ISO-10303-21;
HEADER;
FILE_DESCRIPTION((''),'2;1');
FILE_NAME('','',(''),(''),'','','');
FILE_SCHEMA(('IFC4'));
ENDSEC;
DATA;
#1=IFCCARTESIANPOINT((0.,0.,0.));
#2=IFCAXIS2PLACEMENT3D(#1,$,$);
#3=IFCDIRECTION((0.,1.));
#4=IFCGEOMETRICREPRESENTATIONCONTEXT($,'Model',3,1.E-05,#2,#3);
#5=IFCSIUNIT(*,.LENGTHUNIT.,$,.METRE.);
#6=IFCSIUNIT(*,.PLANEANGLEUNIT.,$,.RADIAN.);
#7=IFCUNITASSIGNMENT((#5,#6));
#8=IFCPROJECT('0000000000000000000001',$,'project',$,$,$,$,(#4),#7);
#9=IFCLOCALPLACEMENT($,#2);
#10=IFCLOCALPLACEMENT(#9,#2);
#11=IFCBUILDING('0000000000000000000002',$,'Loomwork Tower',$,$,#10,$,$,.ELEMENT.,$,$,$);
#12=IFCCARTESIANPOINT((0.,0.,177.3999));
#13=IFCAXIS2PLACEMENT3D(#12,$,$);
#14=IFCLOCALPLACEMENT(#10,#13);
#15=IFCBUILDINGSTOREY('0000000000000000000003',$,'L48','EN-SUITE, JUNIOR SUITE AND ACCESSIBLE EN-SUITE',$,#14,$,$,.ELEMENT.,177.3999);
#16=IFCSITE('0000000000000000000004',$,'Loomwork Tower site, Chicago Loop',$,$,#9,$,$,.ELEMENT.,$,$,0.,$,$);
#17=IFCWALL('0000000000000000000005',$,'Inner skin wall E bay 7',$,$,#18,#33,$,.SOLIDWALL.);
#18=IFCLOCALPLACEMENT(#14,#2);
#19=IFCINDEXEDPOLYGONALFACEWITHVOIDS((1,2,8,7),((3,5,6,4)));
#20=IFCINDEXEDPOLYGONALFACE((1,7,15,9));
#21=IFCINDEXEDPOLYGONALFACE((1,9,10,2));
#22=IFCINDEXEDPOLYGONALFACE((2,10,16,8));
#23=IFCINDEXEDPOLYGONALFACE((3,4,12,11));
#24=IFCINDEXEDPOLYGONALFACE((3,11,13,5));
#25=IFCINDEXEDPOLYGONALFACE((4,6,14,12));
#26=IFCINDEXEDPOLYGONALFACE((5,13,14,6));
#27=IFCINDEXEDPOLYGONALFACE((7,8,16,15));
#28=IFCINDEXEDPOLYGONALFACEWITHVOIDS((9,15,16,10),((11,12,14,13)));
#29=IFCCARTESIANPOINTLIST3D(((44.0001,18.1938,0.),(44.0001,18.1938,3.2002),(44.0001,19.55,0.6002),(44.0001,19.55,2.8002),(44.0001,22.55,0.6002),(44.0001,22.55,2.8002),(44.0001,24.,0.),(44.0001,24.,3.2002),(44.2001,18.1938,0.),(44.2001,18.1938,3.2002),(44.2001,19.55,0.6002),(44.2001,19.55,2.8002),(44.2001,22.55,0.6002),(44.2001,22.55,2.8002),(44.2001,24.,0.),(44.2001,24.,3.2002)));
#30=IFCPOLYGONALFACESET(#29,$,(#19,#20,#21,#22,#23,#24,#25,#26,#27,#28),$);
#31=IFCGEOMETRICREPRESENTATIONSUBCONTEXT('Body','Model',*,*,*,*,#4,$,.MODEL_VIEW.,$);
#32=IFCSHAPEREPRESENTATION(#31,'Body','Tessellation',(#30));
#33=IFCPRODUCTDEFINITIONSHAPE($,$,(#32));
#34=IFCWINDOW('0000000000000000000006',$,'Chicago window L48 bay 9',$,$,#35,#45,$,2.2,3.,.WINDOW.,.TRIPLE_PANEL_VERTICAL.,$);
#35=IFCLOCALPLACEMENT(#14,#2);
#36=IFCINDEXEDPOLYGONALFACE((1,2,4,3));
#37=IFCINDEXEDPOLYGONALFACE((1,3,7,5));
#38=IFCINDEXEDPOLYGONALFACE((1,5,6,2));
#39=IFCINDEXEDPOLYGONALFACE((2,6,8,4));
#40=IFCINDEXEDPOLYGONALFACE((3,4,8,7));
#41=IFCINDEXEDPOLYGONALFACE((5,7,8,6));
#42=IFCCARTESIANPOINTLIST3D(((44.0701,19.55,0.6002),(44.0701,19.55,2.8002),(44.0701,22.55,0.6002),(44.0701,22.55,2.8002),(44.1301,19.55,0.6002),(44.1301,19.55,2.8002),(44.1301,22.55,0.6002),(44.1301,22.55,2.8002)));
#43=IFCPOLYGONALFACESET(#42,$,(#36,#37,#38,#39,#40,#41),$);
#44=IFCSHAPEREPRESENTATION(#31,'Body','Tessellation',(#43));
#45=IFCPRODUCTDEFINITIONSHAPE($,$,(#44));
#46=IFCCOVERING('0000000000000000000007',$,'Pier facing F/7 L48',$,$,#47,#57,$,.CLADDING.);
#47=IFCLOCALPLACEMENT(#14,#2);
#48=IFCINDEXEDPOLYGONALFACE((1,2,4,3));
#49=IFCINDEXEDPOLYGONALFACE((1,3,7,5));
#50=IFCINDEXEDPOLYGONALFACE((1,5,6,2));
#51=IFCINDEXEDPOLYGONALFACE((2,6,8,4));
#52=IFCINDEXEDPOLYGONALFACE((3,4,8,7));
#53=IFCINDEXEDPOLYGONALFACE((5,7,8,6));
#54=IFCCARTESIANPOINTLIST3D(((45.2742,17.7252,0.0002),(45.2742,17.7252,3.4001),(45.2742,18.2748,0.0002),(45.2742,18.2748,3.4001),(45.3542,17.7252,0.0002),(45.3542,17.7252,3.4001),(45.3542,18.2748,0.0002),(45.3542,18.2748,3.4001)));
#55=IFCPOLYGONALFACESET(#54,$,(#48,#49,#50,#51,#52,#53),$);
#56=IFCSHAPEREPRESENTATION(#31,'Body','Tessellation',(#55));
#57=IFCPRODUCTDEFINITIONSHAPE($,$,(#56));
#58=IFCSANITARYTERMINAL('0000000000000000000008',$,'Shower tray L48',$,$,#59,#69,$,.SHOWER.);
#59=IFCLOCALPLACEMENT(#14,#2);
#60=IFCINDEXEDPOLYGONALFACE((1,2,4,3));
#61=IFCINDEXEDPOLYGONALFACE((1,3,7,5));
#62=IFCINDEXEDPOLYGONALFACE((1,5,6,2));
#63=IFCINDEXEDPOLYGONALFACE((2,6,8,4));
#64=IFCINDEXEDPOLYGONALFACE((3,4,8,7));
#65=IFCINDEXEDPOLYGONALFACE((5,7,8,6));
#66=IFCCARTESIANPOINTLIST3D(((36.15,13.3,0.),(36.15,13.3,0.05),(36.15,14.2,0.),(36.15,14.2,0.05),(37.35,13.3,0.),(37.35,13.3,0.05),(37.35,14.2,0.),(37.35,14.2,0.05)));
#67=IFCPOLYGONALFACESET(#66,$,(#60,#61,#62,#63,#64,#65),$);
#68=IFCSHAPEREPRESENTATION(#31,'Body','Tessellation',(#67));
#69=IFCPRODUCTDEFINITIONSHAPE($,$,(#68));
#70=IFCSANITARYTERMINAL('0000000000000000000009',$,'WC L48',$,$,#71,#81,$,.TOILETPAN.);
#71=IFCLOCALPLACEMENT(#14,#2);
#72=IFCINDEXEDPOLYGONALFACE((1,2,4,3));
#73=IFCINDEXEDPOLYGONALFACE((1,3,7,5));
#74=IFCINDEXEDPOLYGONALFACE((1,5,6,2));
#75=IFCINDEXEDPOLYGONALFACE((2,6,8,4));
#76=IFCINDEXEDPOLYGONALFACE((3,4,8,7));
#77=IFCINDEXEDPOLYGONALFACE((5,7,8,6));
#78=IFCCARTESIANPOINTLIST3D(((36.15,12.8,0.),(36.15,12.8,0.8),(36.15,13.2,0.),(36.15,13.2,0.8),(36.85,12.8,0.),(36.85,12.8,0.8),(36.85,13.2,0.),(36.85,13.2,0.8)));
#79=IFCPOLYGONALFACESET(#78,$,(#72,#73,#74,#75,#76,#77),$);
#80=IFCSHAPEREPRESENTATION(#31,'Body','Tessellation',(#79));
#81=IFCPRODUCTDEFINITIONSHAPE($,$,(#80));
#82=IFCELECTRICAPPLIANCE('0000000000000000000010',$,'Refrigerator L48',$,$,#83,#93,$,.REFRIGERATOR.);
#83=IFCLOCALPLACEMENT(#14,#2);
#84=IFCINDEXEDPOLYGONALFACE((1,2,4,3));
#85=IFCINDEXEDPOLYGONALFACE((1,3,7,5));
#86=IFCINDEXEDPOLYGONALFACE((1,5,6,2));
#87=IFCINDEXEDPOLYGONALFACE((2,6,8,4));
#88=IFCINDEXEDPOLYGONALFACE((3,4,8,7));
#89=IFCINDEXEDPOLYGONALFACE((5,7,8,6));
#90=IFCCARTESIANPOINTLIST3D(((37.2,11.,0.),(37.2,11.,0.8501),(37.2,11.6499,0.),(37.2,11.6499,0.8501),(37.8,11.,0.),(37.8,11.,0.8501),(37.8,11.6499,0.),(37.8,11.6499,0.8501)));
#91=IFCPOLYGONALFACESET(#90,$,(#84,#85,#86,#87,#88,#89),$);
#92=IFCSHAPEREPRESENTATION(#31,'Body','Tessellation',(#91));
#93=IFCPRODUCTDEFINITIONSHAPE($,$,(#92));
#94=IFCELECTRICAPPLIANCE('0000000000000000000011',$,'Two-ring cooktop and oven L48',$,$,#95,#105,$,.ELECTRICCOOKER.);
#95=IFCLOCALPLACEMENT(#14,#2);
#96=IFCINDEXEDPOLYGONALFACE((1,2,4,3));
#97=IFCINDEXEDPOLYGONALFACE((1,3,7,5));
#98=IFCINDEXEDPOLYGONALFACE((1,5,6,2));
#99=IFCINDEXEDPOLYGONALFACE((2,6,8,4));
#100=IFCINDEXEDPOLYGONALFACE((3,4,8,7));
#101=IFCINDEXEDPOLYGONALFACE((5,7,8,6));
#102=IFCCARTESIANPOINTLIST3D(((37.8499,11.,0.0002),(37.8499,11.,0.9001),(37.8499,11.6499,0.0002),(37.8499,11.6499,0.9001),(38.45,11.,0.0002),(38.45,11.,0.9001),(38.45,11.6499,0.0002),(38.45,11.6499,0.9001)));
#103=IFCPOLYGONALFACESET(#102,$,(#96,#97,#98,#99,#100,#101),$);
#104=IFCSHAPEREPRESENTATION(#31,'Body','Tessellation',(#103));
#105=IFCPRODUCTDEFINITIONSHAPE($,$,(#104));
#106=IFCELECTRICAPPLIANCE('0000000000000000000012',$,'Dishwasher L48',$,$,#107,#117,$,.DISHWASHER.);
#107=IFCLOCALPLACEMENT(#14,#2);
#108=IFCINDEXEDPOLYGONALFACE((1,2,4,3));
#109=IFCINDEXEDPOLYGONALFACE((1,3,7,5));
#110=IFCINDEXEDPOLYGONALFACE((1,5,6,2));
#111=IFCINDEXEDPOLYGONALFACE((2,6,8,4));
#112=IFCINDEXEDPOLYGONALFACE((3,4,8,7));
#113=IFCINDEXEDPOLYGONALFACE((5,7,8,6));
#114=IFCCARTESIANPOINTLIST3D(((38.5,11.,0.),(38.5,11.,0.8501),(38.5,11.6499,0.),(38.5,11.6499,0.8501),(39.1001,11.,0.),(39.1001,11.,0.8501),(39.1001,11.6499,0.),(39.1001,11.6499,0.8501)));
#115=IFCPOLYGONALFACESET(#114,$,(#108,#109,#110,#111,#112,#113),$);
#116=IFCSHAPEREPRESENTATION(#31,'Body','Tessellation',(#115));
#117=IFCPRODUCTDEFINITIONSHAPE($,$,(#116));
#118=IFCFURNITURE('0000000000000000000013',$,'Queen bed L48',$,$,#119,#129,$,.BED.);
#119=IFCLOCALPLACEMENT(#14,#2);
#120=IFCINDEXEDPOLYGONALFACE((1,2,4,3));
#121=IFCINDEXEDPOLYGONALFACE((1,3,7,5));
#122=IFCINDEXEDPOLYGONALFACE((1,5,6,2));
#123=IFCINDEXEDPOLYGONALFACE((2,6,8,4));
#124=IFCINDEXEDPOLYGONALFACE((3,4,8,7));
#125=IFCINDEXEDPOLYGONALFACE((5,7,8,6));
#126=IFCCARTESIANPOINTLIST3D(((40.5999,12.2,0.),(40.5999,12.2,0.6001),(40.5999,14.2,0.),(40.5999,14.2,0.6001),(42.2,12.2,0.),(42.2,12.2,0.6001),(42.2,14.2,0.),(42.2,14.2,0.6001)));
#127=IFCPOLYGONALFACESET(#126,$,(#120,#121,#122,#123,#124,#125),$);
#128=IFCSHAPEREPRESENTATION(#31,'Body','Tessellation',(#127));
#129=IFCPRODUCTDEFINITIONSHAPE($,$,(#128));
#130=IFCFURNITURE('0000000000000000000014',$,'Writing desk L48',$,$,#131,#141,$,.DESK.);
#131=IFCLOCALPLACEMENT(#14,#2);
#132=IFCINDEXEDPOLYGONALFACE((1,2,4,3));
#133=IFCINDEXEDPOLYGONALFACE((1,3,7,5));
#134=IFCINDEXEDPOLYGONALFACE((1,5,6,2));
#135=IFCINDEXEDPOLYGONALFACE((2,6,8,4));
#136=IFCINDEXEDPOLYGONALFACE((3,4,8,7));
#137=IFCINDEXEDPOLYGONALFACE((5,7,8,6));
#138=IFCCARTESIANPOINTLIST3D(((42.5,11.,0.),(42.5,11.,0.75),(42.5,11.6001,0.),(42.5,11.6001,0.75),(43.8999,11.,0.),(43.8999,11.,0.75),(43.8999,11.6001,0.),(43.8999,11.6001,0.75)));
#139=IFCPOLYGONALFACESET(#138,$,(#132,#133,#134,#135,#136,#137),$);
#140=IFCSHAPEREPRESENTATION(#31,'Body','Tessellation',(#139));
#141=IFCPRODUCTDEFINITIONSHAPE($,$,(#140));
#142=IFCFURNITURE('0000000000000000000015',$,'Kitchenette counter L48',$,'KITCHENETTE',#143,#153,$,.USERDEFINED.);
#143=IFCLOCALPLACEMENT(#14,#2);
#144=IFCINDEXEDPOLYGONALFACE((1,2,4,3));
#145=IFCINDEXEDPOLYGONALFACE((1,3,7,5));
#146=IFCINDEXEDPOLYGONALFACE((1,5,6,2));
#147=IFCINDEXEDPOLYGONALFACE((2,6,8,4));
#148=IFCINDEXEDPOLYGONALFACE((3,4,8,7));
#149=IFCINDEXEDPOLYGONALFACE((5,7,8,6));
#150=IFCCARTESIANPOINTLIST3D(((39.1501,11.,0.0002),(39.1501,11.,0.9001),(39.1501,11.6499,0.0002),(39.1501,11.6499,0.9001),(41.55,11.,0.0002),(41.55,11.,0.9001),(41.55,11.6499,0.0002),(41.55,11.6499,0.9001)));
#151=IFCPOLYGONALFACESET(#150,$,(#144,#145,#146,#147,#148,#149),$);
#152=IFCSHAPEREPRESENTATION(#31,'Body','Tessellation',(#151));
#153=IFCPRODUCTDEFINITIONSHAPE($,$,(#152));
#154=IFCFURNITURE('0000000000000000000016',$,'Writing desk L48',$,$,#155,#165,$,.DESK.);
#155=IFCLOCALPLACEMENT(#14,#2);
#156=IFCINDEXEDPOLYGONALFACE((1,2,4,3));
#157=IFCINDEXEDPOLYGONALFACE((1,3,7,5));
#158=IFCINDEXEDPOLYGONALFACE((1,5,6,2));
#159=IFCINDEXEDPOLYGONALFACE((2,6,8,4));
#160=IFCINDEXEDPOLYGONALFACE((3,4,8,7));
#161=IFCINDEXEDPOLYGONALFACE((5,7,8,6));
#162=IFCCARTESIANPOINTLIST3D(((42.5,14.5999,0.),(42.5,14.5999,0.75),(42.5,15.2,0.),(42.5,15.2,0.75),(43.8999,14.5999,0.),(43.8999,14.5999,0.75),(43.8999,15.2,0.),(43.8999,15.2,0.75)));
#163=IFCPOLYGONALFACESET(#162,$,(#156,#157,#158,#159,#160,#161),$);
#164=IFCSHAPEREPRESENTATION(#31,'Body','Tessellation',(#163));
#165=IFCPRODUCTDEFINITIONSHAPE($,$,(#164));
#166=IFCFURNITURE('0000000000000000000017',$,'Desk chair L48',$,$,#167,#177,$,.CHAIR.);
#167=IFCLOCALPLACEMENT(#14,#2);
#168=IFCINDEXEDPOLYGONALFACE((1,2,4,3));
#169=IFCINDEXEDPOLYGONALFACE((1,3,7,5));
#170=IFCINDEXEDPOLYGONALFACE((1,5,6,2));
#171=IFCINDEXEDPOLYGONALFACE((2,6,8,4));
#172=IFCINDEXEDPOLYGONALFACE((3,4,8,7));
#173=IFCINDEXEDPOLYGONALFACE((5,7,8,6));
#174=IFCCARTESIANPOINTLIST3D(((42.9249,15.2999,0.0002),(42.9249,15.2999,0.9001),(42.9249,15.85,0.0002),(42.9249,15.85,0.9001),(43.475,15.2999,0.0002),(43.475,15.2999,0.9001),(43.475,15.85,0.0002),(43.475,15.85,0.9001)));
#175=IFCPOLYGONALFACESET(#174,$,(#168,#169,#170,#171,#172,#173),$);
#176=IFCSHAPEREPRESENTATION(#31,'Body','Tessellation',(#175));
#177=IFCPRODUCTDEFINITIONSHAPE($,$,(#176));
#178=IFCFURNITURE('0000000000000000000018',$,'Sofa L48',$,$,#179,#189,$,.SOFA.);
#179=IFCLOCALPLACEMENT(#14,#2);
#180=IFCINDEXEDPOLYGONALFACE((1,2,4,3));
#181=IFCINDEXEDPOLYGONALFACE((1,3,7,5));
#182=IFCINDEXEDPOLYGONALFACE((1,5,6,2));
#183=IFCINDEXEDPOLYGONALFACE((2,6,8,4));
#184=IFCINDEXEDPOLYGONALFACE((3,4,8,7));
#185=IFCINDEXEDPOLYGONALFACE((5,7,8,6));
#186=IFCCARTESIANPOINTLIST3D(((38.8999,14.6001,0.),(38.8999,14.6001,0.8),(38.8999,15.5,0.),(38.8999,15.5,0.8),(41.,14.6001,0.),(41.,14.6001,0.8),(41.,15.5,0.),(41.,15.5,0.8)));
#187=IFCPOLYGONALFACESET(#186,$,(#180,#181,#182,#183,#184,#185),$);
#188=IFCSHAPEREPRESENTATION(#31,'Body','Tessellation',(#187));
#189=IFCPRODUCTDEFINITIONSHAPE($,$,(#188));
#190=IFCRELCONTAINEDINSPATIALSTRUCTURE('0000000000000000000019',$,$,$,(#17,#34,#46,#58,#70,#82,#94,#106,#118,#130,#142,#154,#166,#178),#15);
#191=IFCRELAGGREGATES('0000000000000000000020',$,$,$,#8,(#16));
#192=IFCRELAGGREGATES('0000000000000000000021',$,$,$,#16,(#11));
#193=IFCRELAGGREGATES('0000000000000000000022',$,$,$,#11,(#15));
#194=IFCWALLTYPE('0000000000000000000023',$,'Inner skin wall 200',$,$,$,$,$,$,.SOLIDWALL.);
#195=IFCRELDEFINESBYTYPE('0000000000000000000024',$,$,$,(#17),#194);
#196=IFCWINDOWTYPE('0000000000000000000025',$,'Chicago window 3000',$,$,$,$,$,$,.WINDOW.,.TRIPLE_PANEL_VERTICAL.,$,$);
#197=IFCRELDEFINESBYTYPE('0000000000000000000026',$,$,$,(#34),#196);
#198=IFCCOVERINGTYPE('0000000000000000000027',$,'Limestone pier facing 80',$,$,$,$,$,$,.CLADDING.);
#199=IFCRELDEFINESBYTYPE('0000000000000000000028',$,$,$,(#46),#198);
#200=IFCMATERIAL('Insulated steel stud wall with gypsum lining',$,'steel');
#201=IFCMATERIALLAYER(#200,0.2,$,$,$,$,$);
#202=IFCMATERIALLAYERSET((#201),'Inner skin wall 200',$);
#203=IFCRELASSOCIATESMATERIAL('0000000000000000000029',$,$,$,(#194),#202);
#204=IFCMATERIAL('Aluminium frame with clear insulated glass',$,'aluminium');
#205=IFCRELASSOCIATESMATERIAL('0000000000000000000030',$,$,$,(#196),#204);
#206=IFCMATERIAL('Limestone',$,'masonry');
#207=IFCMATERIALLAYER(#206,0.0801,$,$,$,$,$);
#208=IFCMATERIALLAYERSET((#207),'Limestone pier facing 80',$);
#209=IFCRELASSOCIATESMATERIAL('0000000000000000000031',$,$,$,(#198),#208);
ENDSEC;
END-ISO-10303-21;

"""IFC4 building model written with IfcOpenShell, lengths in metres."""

from ifc_helpers import new_model, si_unit, direction, frame, frame_2d, origin, origin_2d, place, context, subcontext, project, spatial, rectangle, extrude, material, layer, layer_set, type_object, element, fill, save


model = new_model("IFC4")

# Units and contexts
model_context = context("Model", 3, precision=1e-05, world=origin(), true_north=direction((0.0, 1.0)))
body_context = subcontext(model_context, "Body", "Model", "MODEL_VIEW")
ifc_project = project(units=[si_unit("LENGTHUNIT", "METRE"), si_unit("PLANEANGLEUNIT", "RADIAN")], contexts=[model_context])

# Site, building, storey
site_placement = place(None, origin())
site = spatial("IfcSite", under=ifc_project, at=site_placement, Name="Loomwork Tower site, Chicago Loop", CompositionType="ELEMENT", RefElevation=0.0)
building_placement = place(site_placement, origin())
building = spatial("IfcBuilding", under=site, at=building_placement, Name="Loomwork Tower", CompositionType="ELEMENT")
storey_placement = place(building_placement, frame((0.0, 0.0, 177.3999)))
storey = spatial("IfcBuildingStorey", under=building, at=storey_placement, Name="L48", Description="EN-SUITE, JUNIOR SUITE AND ACCESSIBLE EN-SUITE", CompositionType="ELEMENT", Elevation=177.3999)

# Shared definitions
ifc_material_1 = material(Name="Insulated steel stud wall with gypsum lining", Category="steel")
ifc_layer_1 = layer(ifc_material_1, 0.2)
ifc_layer_set_1 = layer_set([ifc_layer_1], Name="Inner skin wall 200")
wall_type_1 = type_object("IfcWallType", Name="Inner skin wall 200", PredefinedType="SOLIDWALL", material=ifc_layer_set_1)

# Wall, opening, window
wall_1_placement = place(storey_placement, frame((44.1001, 18.1938, 0.0), z_axis=(0.0, 0.0, 1.0), x_axis=(0.0, 1.0, 0.0)))
wall_1 = element("IfcWall", 1, at=wall_1_placement, inside=storey, type_object=wall_type_1, Name="Inner skin wall E bay 7", PredefinedType="SOLIDWALL", context=body_context, shape_type="SweptSolid", body=[
    extrude(rectangle(XDim=5.8062, YDim=0.2, at=frame_2d((2.9031, 0.0))), origin(), (0.0, 0.0, 1.0), 3.2002),
])
opening_placement = place(wall_1_placement, frame((1.3562, 0.0, 0.6001)))
opening = element("IfcOpeningElement", 2, at=opening_placement, cuts=wall_1, PredefinedType="OPENING", context=body_context, shape_type="SweptSolid", body=[
    extrude(rectangle(XDim=3.0, YDim=2.2, at=frame_2d((1.5, 1.1001))), frame((0.0, 0.1099, 0.0), z_axis=(0.0, -1.0, 0.0), x_axis=(1.0, 0.0, 0.0)), (0.0, 0.0, 1.0), 0.22),
])
ifc_material_2 = material(Name="Aluminium frame with clear insulated glass", Category="aluminium")
window_type = type_object("IfcWindowType", Name="Chicago window 3000", PartitioningType="TRIPLE_PANEL_VERTICAL", PredefinedType="WINDOW", material=ifc_material_2)
window_placement = place(opening_placement, origin())
window = element("IfcWindow", 3, at=window_placement, inside=storey, type_object=window_type, Name="Chicago window L48 bay 9", OverallHeight=2.2, OverallWidth=3.0, PartitioningType="TRIPLE_PANEL_VERTICAL", PredefinedType="WINDOW", context=body_context, shape_type="SweptSolid", body=[
    extrude(rectangle(XDim=3.0, YDim=2.2, at=frame_2d((1.5, 1.1001))), frame((0.0, 0.03, 0.0), z_axis=(0.0, -1.0, 0.0), x_axis=(1.0, 0.0, 0.0)), (0.0, 0.0, 1.0), 0.0601),
])
fill(opening, window)

# Covering
ifc_material_3 = material(Name="Limestone", Category="masonry")
ifc_layer_2 = layer(ifc_material_3, 0.0801)
ifc_layer_set_2 = layer_set([ifc_layer_2], Name="Limestone pier facing 80")
covering_type = type_object("IfcCoveringType", Name="Limestone pier facing 80", PredefinedType="CLADDING", material=ifc_layer_set_2)
covering_placement = place(storey_placement, frame((45.3142, 18.0, 0.0002), z_axis=(0.0, 0.0, 1.0), x_axis=(1.0, 0.0, 0.0)))
element("IfcCovering", 4, at=covering_placement, inside=storey, type_object=covering_type, Name="Pier facing F/7 L48", PredefinedType="CLADDING", context=body_context, shape_type="SweptSolid", body=[
    extrude(rectangle(XDim=0.0801, YDim=0.5496, at=origin_2d()), origin(), (0.0, 0.0, 1.0), 3.3999),
])

# Sanitary terminals
sanitary_terminal_1_placement = place(storey_placement, frame((36.75, 13.75, 0.0), z_axis=(0.0, 0.0, 1.0), x_axis=(1.0, 0.0, 0.0)))
element("IfcSanitaryTerminal", 5, at=sanitary_terminal_1_placement, inside=storey, Name="Shower tray L48", PredefinedType="SHOWER", context=body_context, shape_type="SweptSolid", body=[
    extrude(rectangle(XDim=1.2, YDim=0.8999, at=origin_2d()), origin(), (0.0, 0.0, 1.0), 0.05),
])
sanitary_terminal_2_placement = place(storey_placement, frame((36.5, 13.0, 0.0), z_axis=(0.0, 0.0, 1.0), x_axis=(1.0, 0.0, 0.0)))
element("IfcSanitaryTerminal", 6, at=sanitary_terminal_2_placement, inside=storey, Name="WC L48", PredefinedType="TOILETPAN", context=body_context, shape_type="SweptSolid", body=[
    extrude(rectangle(XDim=0.7, YDim=0.3999, at=origin_2d()), origin(), (0.0, 0.0, 1.0), 0.8),
])

# Electric appliances
electric_appliance_1_placement = place(storey_placement, frame((37.5, 11.325, 0.0), z_axis=(0.0, 0.0, 1.0), x_axis=(1.0, 0.0, 0.0)))
element("IfcElectricAppliance", 7, at=electric_appliance_1_placement, inside=storey, Name="Refrigerator L48", PredefinedType="REFRIGERATOR", context=body_context, shape_type="SweptSolid", body=[
    extrude(rectangle(XDim=0.6001, YDim=0.6499, at=origin_2d()), origin(), (0.0, 0.0, 1.0), 0.8501),
])
electric_appliance_2_placement = place(storey_placement, frame((38.1499, 11.325, 0.0002), z_axis=(0.0, 0.0, 1.0), x_axis=(1.0, 0.0, 0.0)))
element("IfcElectricAppliance", 8, at=electric_appliance_2_placement, inside=storey, Name="Two-ring cooktop and oven L48", PredefinedType="ELECTRICCOOKER", context=body_context, shape_type="SweptSolid", body=[
    extrude(rectangle(XDim=0.6001, YDim=0.6499, at=origin_2d()), origin(), (0.0, 0.0, 1.0), 0.8999),
])
electric_appliance_3_placement = place(storey_placement, frame((38.8, 11.325, 0.0), z_axis=(0.0, 0.0, 1.0), x_axis=(1.0, 0.0, 0.0)))
element("IfcElectricAppliance", 9, at=electric_appliance_3_placement, inside=storey, Name="Dishwasher L48", PredefinedType="DISHWASHER", context=body_context, shape_type="SweptSolid", body=[
    extrude(rectangle(XDim=0.6001, YDim=0.6499, at=origin_2d()), origin(), (0.0, 0.0, 1.0), 0.8501),
])

# Furniture
furniture_1_placement = place(storey_placement, frame((41.3999, 13.2, 0.0), z_axis=(0.0, 0.0, 1.0), x_axis=(1.0, 0.0, 0.0)))
element("IfcFurniture", 10, at=furniture_1_placement, inside=storey, Name="Queen bed L48", PredefinedType="BED", context=body_context, shape_type="SweptSolid", body=[
    extrude(rectangle(XDim=1.6001, YDim=2.0, at=origin_2d()), origin(), (0.0, 0.0, 1.0), 0.6001),
])
furniture_2_placement = place(storey_placement, frame((43.2, 11.3, 0.0), z_axis=(0.0, 0.0, 1.0), x_axis=(1.0, 0.0, 0.0)))
element("IfcFurniture", 11, at=furniture_2_placement, inside=storey, Name="Writing desk L48", PredefinedType="DESK", context=body_context, shape_type="SweptSolid", body=[
    extrude(rectangle(XDim=1.3999, YDim=0.6001, at=origin_2d()), origin(), (0.0, 0.0, 1.0), 0.75),
])
furniture_3_placement = place(storey_placement, frame((40.3501, 11.325, 0.0002), z_axis=(0.0, 0.0, 1.0), x_axis=(1.0, 0.0, 0.0)))
element("IfcFurniture", 12, at=furniture_3_placement, inside=storey, Name="Kitchenette counter L48", ObjectType="KITCHENETTE", PredefinedType="USERDEFINED", context=body_context, shape_type="SweptSolid", body=[
    extrude(rectangle(XDim=2.3999, YDim=0.6499, at=origin_2d()), origin(), (0.0, 0.0, 1.0), 0.8999),
])
furniture_4_placement = place(storey_placement, frame((43.2, 14.8999, 0.0), z_axis=(0.0, 0.0, 1.0), x_axis=(1.0, 0.0, 0.0)))
element("IfcFurniture", 13, at=furniture_4_placement, inside=storey, Name="Writing desk L48", PredefinedType="DESK", context=body_context, shape_type="SweptSolid", body=[
    extrude(rectangle(XDim=1.3999, YDim=0.6001, at=origin_2d()), origin(), (0.0, 0.0, 1.0), 0.75),
])
furniture_5_placement = place(storey_placement, frame((43.2, 15.575, 0.0002), z_axis=(0.0, 0.0, 1.0), x_axis=(1.0, 0.0, 0.0)))
element("IfcFurniture", 14, at=furniture_5_placement, inside=storey, Name="Desk chair L48", PredefinedType="CHAIR", context=body_context, shape_type="SweptSolid", body=[
    extrude(rectangle(XDim=0.55, YDim=0.55, at=origin_2d()), origin(), (0.0, 0.0, 1.0), 0.8999),
])
furniture_6_placement = place(storey_placement, frame((39.95, 15.05, 0.0), z_axis=(0.0, 0.0, 1.0), x_axis=(1.0, 0.0, 0.0)))
element("IfcFurniture", 15, at=furniture_6_placement, inside=storey, Name="Sofa L48", PredefinedType="SOFA", context=body_context, shape_type="SweptSolid", body=[
    extrude(rectangle(XDim=2.1001, YDim=0.8999, at=origin_2d()), origin(), (0.0, 0.0, 1.0), 0.8),
])

save(model, "model.ifc")
